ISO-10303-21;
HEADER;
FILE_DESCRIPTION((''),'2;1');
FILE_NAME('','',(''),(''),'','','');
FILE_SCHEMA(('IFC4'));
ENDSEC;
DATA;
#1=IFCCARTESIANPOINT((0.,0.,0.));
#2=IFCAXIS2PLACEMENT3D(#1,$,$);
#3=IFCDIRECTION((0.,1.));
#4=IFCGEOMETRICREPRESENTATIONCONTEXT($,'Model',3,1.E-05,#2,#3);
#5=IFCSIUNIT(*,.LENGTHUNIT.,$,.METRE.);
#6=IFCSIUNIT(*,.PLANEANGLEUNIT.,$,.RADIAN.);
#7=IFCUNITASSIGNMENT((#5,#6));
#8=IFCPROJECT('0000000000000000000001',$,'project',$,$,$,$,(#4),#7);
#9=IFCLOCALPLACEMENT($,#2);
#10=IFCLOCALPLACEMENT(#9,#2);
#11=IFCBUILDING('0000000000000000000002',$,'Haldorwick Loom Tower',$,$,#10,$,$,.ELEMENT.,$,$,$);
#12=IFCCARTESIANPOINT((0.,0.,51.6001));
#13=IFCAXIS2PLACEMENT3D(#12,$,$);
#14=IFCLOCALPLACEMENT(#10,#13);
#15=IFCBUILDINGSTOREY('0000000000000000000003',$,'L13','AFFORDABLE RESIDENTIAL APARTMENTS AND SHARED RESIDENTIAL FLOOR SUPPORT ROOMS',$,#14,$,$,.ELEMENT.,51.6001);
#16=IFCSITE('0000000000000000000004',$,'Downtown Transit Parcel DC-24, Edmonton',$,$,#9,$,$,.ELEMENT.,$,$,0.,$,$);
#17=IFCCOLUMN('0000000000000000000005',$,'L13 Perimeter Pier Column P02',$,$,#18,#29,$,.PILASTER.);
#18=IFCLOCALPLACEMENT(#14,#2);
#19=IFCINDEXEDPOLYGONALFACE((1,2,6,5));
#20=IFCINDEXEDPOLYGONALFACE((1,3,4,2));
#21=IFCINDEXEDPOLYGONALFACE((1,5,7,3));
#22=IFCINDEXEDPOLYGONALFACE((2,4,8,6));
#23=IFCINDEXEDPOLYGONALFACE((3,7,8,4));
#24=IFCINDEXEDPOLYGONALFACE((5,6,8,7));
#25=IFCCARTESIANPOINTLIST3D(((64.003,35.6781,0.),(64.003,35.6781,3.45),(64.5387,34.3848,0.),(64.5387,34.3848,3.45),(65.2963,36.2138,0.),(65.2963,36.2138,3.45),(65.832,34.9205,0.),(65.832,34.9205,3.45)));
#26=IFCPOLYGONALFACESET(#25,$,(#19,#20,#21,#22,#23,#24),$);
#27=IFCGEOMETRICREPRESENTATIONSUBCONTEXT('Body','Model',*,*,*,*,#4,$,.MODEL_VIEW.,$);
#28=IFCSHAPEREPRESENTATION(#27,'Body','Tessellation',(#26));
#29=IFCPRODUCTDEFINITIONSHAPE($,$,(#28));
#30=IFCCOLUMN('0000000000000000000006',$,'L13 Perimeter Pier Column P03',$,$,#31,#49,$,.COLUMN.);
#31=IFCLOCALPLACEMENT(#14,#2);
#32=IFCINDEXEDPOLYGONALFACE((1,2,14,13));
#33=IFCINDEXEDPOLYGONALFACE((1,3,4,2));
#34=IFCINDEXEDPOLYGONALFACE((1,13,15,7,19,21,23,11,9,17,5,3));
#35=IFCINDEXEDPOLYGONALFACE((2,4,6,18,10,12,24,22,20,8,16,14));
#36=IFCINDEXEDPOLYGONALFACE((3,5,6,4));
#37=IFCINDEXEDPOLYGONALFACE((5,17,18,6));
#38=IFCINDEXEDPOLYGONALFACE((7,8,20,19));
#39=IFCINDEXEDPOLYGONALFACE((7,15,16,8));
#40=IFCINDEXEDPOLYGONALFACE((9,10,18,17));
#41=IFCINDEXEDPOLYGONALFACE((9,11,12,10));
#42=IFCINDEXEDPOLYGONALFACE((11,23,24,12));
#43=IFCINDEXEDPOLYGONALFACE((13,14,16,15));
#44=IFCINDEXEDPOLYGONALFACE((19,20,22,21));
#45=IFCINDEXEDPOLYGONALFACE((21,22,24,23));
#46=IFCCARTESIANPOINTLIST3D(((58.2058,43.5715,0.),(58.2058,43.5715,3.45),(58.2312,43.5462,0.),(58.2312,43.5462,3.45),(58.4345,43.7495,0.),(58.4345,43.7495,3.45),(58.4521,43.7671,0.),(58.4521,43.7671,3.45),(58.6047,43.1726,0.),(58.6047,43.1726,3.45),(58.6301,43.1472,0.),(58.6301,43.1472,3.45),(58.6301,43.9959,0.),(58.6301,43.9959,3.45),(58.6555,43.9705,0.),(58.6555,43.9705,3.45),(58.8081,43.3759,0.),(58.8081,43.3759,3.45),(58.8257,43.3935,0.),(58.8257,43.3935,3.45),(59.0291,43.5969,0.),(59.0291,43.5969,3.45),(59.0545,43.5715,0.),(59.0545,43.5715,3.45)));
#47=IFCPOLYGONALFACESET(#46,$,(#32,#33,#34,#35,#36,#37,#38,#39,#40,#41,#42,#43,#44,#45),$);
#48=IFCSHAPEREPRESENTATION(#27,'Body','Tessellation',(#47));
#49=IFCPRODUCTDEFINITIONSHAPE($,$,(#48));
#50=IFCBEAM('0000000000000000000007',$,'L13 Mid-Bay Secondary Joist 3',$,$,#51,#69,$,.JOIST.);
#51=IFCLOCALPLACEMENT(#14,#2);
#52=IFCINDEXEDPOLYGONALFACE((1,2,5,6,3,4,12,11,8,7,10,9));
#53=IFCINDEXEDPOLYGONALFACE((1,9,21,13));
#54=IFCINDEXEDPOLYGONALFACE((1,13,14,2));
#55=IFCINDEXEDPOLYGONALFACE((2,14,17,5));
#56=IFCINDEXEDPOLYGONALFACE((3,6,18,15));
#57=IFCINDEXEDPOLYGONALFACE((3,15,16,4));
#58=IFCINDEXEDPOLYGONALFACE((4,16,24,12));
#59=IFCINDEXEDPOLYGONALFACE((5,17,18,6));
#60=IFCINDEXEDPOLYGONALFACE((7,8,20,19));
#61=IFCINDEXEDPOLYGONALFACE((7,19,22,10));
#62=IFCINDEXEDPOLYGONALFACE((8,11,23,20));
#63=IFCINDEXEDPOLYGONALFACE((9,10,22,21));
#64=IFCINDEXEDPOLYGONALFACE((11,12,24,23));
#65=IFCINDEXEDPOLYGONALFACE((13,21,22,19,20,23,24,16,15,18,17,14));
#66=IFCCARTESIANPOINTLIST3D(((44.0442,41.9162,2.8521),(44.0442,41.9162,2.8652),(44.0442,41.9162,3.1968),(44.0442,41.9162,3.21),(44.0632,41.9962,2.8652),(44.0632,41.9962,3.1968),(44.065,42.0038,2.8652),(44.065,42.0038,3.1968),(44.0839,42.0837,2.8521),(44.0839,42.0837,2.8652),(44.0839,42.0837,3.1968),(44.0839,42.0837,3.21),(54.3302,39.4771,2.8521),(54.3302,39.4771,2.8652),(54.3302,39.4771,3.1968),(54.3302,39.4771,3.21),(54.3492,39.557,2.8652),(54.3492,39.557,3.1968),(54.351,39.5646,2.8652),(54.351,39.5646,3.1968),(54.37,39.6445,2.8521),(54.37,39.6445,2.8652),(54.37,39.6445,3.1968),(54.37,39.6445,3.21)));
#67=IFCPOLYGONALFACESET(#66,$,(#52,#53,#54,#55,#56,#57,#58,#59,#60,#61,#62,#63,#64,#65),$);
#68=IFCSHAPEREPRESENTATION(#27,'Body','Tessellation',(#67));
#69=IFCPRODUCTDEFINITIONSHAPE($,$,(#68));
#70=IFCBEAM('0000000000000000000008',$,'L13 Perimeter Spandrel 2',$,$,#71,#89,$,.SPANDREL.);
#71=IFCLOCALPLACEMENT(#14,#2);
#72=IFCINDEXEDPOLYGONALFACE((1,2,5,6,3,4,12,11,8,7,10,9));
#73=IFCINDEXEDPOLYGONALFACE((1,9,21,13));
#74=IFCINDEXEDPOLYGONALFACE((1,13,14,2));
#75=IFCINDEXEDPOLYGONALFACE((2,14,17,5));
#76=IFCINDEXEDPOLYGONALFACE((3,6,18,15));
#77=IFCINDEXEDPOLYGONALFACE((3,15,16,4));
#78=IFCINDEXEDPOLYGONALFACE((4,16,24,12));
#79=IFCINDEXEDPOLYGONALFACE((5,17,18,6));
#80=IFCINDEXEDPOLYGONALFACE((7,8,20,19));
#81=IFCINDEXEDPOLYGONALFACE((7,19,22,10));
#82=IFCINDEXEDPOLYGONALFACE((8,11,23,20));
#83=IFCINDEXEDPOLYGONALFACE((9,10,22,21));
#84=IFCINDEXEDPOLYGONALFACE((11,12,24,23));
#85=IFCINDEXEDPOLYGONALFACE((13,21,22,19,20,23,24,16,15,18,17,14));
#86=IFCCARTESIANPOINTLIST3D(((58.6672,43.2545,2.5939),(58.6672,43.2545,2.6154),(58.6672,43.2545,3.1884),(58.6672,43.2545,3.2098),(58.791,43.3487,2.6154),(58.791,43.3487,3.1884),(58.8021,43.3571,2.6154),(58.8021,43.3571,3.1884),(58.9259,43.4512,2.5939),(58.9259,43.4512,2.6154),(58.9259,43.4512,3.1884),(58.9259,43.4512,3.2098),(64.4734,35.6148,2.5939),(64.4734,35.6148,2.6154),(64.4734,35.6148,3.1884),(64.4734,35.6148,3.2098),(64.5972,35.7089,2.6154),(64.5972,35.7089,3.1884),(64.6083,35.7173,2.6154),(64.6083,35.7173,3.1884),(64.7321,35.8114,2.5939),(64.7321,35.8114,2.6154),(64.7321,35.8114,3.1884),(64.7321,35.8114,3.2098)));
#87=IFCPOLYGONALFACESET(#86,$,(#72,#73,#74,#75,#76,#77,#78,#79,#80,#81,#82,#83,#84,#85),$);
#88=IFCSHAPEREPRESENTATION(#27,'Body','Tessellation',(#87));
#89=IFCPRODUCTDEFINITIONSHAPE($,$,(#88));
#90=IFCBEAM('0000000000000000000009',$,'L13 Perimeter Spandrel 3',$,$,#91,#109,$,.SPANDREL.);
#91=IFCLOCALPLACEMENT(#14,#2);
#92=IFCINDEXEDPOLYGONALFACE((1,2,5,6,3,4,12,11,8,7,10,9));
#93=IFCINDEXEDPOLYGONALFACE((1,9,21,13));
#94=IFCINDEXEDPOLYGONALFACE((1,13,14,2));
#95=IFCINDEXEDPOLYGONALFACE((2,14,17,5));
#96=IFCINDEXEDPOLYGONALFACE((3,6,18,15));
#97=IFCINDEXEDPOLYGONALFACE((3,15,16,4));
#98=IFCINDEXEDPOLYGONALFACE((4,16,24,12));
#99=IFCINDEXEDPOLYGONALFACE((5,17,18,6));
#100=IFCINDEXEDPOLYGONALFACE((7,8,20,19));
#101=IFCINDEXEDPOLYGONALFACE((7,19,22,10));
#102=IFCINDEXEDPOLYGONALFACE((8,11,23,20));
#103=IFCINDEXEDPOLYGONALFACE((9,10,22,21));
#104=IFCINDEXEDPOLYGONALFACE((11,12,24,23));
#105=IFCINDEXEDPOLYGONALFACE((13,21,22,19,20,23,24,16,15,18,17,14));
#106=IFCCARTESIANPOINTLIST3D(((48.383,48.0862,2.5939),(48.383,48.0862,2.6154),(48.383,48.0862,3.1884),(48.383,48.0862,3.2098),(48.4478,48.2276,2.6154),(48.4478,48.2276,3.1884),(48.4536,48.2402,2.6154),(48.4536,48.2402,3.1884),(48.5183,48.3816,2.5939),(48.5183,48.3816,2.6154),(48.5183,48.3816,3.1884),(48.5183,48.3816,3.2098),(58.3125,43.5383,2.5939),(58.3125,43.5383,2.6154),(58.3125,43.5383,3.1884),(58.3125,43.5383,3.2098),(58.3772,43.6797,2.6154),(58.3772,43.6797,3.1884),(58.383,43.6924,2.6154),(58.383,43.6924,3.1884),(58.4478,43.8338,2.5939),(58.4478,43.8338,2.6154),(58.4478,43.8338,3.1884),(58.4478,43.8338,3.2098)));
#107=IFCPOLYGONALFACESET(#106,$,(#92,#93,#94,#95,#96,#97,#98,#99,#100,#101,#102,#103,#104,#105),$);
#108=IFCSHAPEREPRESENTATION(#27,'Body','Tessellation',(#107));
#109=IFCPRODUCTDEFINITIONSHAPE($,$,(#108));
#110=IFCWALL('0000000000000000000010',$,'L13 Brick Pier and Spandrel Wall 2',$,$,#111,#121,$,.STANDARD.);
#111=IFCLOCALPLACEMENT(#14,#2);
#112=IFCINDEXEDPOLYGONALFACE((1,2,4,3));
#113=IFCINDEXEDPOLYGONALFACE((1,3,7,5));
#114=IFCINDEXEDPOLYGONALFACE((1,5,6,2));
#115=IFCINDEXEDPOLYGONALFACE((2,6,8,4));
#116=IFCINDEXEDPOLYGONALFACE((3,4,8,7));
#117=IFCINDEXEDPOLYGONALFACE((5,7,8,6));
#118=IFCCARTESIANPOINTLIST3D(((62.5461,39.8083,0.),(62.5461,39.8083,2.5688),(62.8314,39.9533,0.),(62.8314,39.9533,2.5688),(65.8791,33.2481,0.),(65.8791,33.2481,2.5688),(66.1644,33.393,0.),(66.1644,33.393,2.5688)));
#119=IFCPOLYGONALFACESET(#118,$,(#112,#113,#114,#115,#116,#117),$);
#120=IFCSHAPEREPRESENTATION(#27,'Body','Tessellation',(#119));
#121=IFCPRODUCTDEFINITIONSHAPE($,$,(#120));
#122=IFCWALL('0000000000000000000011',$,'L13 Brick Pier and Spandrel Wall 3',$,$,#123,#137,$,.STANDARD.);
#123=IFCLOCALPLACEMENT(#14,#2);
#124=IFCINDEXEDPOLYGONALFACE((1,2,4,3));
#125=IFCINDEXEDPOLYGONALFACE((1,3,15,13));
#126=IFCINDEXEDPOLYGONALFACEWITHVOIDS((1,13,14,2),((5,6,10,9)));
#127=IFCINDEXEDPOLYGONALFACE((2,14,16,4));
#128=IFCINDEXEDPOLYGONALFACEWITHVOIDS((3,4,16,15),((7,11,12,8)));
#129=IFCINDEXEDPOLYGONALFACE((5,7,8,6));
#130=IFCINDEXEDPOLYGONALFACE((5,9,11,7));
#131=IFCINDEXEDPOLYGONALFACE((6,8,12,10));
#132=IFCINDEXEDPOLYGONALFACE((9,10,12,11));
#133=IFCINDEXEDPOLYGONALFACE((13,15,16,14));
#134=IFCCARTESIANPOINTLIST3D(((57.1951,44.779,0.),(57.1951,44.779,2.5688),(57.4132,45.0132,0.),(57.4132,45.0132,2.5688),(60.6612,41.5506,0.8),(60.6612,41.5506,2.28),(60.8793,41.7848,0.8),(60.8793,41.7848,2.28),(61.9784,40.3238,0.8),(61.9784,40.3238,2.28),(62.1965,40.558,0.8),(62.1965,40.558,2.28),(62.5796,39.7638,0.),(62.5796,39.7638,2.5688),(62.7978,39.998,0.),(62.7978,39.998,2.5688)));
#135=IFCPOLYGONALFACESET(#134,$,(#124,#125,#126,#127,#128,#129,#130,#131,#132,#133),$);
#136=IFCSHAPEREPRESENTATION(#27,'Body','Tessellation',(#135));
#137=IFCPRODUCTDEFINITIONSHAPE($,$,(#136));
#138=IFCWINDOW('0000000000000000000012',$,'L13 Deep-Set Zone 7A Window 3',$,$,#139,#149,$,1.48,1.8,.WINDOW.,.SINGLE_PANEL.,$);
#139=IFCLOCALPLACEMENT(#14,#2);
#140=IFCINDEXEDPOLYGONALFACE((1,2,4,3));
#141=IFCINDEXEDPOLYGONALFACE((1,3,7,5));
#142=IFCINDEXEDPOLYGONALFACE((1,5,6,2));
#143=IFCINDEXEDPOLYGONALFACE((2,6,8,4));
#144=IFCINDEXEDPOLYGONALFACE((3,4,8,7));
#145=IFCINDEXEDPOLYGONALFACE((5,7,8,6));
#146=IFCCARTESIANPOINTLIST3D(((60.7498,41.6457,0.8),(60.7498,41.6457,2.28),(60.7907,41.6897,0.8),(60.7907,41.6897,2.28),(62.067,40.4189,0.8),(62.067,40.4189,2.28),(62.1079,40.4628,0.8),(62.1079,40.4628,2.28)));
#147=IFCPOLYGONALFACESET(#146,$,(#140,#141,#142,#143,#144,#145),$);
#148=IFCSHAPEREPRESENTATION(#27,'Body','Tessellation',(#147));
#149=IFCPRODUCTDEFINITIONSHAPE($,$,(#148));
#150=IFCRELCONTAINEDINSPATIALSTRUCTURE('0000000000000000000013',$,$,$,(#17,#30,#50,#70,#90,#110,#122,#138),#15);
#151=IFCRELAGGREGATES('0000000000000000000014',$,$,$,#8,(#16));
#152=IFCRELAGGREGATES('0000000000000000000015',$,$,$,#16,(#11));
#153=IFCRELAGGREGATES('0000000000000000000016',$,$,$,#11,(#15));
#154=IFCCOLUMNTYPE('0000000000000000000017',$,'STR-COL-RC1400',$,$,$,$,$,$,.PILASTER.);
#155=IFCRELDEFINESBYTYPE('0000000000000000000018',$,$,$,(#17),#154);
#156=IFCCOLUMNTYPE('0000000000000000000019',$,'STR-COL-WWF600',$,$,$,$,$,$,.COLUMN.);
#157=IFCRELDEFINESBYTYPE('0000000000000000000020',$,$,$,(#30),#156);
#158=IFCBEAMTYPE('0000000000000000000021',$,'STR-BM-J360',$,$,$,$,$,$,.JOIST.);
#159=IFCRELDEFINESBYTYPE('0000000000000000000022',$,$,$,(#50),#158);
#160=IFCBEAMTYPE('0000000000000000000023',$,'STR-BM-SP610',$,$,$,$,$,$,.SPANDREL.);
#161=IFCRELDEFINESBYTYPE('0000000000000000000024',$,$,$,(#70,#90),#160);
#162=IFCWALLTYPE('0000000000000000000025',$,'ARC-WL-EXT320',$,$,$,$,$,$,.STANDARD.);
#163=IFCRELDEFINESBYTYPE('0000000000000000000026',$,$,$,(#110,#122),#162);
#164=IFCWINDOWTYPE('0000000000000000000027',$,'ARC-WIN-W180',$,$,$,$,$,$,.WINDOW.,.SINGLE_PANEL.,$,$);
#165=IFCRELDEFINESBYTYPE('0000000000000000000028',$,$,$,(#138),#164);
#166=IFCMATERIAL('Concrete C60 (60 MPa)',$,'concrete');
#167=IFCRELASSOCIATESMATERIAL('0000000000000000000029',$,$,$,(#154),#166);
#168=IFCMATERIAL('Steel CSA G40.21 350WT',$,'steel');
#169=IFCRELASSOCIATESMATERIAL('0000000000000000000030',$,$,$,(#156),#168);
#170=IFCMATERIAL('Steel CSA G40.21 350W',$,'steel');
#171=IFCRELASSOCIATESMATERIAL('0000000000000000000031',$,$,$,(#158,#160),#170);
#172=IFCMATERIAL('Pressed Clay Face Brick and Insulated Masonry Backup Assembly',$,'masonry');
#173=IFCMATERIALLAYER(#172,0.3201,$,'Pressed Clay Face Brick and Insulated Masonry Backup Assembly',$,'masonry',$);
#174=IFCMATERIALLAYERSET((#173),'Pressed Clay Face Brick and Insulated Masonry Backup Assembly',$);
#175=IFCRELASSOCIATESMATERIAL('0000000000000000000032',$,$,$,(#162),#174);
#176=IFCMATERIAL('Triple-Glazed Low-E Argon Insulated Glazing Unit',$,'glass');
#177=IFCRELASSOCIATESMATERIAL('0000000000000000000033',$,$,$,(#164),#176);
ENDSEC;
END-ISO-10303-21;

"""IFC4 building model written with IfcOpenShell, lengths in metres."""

from ifc_helpers import new_model, si_unit, direction, frame, frame_2d, origin, origin_2d, place, context, subcontext, project, spatial, rectangle, i_section, extrude, material, layer, layer_set, material_profile, profile_set, type_object, element, fill, save


model = new_model("IFC4")

# Units and contexts
model_context = context("Model", 3, precision=1e-05, world=origin(), true_north=direction((0.0, 1.0)))
body_context = subcontext(model_context, "Body", "Model", "MODEL_VIEW")
ifc_project = project(units=[si_unit("LENGTHUNIT", "METRE"), si_unit("PLANEANGLEUNIT", "RADIAN")], contexts=[model_context])

# Site, building, storey
site_placement = place(None, origin())
site = spatial("IfcSite", under=ifc_project, at=site_placement, Name="Downtown Transit Parcel DC-24, Edmonton", CompositionType="ELEMENT", RefElevation=0.0)
building_placement = place(site_placement, origin())
building = spatial("IfcBuilding", under=site, at=building_placement, Name="Haldorwick Loom Tower", CompositionType="ELEMENT")
storey_placement = place(building_placement, frame((0.0, 0.0, 51.6001)))
storey = spatial("IfcBuildingStorey", under=building, at=storey_placement, Name="L13", Description="AFFORDABLE RESIDENTIAL APARTMENTS AND SHARED RESIDENTIAL FLOOR SUPPORT ROOMS", CompositionType="ELEMENT", Elevation=51.6001)

# Columns
ifc_material_1 = material(Name="Concrete C60 (60 MPa)", Category="concrete")
ifc_material_profile_1 = material_profile(ifc_material_1, rectangle(XDim=1.3999, YDim=1.3999, at=origin_2d()), Name="RC1400X1400", Category="concrete")
ifc_profile_set_1 = profile_set([ifc_material_profile_1], Name="Concrete C60 (60 MPa)")
column_type_1 = type_object("IfcColumnType", Name="STR-COL-RC1400", PredefinedType="PILASTER", material=ifc_profile_set_1)
column_1_placement = place(storey_placement, frame((64.9175, 35.2993, 0.0), z_axis=(0.0, 0.0, 1.0), x_axis=(0.92388, 0.382683, 0.0)))
element("IfcColumn", 1, at=column_1_placement, inside=storey, type_object=column_type_1, Name="L13 Perimeter Pier Column P02", PredefinedType="PILASTER", context=body_context, shape_type="SweptSolid", body=[
    extrude(rectangle(XDim=1.3999, YDim=1.3999, at=origin_2d()), origin(), (0.0, 0.0, 1.0), 3.45),
])
ifc_material_2 = material(Name="Steel CSA G40.21 350WT", Category="steel")
ifc_material_profile_2 = material_profile(ifc_material_2, i_section(OverallWidth=0.6001, OverallDepth=0.6001, WebThickness=0.0249, FlangeThickness=0.0359, at=origin_2d()), Name="WWF600X600", Category="steel")
ifc_profile_set_2 = profile_set([ifc_material_profile_2], Name="Steel CSA G40.21 350WT")
column_type_2 = type_object("IfcColumnType", Name="STR-COL-WWF600", PredefinedType="COLUMN", material=ifc_profile_set_2)
column_2_placement = place(storey_placement, frame((58.6301, 43.5715, 0.0), z_axis=(0.0, 0.0, 1.0), x_axis=(0.707107, 0.707107, 0.0)))
element("IfcColumn", 2, at=column_2_placement, inside=storey, type_object=column_type_2, Name="L13 Perimeter Pier Column P03", PredefinedType="COLUMN", context=body_context, shape_type="SweptSolid", body=[
    extrude(i_section(OverallWidth=0.6001, OverallDepth=0.6001, WebThickness=0.0249, FlangeThickness=0.0359, at=origin_2d()), origin(), (0.0, 0.0, 1.0), 3.45),
])

# Beams
ifc_material_3 = material(Name="Steel CSA G40.21 350W", Category="steel")
ifc_material_profile_3 = material_profile(ifc_material_3, i_section(OverallWidth=0.1721, OverallDepth=0.3579, WebThickness=0.0078, FlangeThickness=0.0132, at=origin_2d()), Name="W360X57", Category="steel")
ifc_profile_set_3 = profile_set([ifc_material_profile_3], Name="Steel CSA G40.21 350W")
beam_type_1 = type_object("IfcBeamType", Name="STR-BM-J360", PredefinedType="JOIST", material=ifc_profile_set_3)
beam_1_placement = place(storey_placement, frame((54.3501, 39.5608, 3.031), z_axis=(-0.973016, 0.230737, 0.0), x_axis=(-0.230737, -0.973016, 0.0)))
element("IfcBeam", 3, at=beam_1_placement, inside=storey, type_object=beam_type_1, Name="L13 Mid-Bay Secondary Joist 3", PredefinedType="JOIST", context=body_context, shape_type="SweptSolid", body=[
    extrude(i_section(OverallWidth=0.1721, OverallDepth=0.3579, WebThickness=0.0078, FlangeThickness=0.0132, at=origin_2d()), origin(), (0.0, 0.0, 1.0), 10.5713),
])
ifc_material_profile_4 = material_profile(ifc_material_3, i_section(OverallWidth=0.325, OverallDepth=0.616, WebThickness=0.0139, FlangeThickness=0.0215, at=origin_2d()), Name="W610X174", Category="steel")
ifc_profile_set_4 = profile_set([ifc_material_profile_4], Name="Steel CSA G40.21 350W")
beam_type_2 = type_object("IfcBeamType", Name="STR-BM-SP610", PredefinedType="SPANDREL", material=ifc_profile_set_4)
beam_2_placement = place(storey_placement, frame((64.6028, 35.7131, 2.9019), z_axis=(-0.605085, 0.796161, 0.0), x_axis=(-0.796161, -0.605085, 0.0)))
element("IfcBeam", 4, at=beam_2_placement, inside=storey, type_object=beam_type_2, Name="L13 Perimeter Spandrel 2", PredefinedType="SPANDREL", context=body_context, shape_type="SweptSolid", body=[
    extrude(i_section(OverallWidth=0.325, OverallDepth=0.616, WebThickness=0.0139, FlangeThickness=0.0215, at=origin_2d()), origin(), (0.0, 0.0, 1.0), 9.5957),
])
beam_3_placement = place(storey_placement, frame((58.3801, 43.686, 2.9019), z_axis=(-0.909174, 0.416417, 0.0), x_axis=(-0.416417, -0.909174, 0.0)))
element("IfcBeam", 5, at=beam_3_placement, inside=storey, type_object=beam_type_2, Name="L13 Perimeter Spandrel 3", PredefinedType="SPANDREL", context=body_context, shape_type="SweptSolid", body=[
    extrude(i_section(OverallWidth=0.325, OverallDepth=0.616, WebThickness=0.0139, FlangeThickness=0.0215, at=origin_2d()), origin(), (0.0, 0.0, 1.0), 10.9214),
])

# Wall
ifc_material_4 = material(Name="Pressed Clay Face Brick and Insulated Masonry Backup Assembly", Category="masonry")
ifc_layer_1 = layer(ifc_material_4, 0.3201, Name="Pressed Clay Face Brick and Insulated Masonry Backup Assembly", Category="masonry")
ifc_layer_set_1 = layer_set([ifc_layer_1], Name="Pressed Clay Face Brick and Insulated Masonry Backup Assembly")
wall_type_1 = type_object("IfcWallType", Name="ARC-WL-EXT320", PredefinedType="STANDARD", material=ifc_layer_set_1)
wall_1_placement = place(storey_placement, frame((66.0217, 33.3206, 0.0), z_axis=(0.0, 0.0, 1.0), x_axis=(-0.452951, 0.891535, 0.0)))
element("IfcWall", 6, at=wall_1_placement, inside=storey, type_object=wall_type_1, Name="L13 Brick Pier and Spandrel Wall 2", PredefinedType="STANDARD", context=body_context, shape_type="SweptSolid", body=[
    extrude(rectangle(XDim=7.3584, YDim=0.3201, at=frame_2d((3.6792, 0.0))), origin(), (0.0, 0.0, 1.0), 2.5688),
])

# Wall, opening, window
wall_2_placement = place(storey_placement, frame((62.6887, 39.8809, 0.0), z_axis=(0.0, 0.0, 1.0), x_axis=(-0.731761, 0.681561, 0.0)))
wall_2 = element("IfcWall", 7, at=wall_2_placement, inside=storey, type_object=wall_type_1, Name="L13 Brick Pier and Spandrel Wall 3", PredefinedType="STANDARD", context=body_context, shape_type="SweptSolid", body=[
    extrude(rectangle(XDim=7.3584, YDim=0.3201, at=frame_2d((3.6792, 0.0))), origin(), (0.0, 0.0, 1.0), 2.5688),
])
opening_1_placement = place(wall_2_placement, frame((0.8218, 0.0, 0.8)))
opening_1 = element("IfcOpeningElement", 8, at=opening_1_placement, cuts=wall_2, PredefinedType="OPENING", context=body_context, shape_type="SweptSolid", body=[
    extrude(rectangle(XDim=1.8, YDim=1.48, at=frame_2d((0.8999, 0.74))), frame((0.0, 0.1699, 0.0), z_axis=(0.0, -1.0, 0.0), x_axis=(1.0, 0.0, 0.0)), (0.0, 0.0, 1.0), 0.3401),
])
ifc_material_5 = material(Name="Triple-Glazed Low-E Argon Insulated Glazing Unit", Category="glass")
window_type = type_object("IfcWindowType", Name="ARC-WIN-W180", PartitioningType="SINGLE_PANEL", PredefinedType="WINDOW", material=ifc_material_5)
window_1_placement = place(opening_1_placement, origin())
window_1 = element("IfcWindow", 9, at=window_1_placement, inside=storey, type_object=window_type, Name="L13 Deep-Set Zone 7A Window 3", OverallHeight=1.48, OverallWidth=1.8, PartitioningType="SINGLE_PANEL", PredefinedType="WINDOW", context=body_context, shape_type="SweptSolid", body=[
    extrude(rectangle(XDim=1.8, YDim=1.48, at=frame_2d((0.8999, 0.74))), frame((0.0, 0.03, 0.0), z_axis=(0.0, -1.0, 0.0), x_axis=(1.0, 0.0, 0.0)), (0.0, 0.0, 1.0), 0.0601),
])
fill(opening_1, window_1)

save(model, "model.ifc")
